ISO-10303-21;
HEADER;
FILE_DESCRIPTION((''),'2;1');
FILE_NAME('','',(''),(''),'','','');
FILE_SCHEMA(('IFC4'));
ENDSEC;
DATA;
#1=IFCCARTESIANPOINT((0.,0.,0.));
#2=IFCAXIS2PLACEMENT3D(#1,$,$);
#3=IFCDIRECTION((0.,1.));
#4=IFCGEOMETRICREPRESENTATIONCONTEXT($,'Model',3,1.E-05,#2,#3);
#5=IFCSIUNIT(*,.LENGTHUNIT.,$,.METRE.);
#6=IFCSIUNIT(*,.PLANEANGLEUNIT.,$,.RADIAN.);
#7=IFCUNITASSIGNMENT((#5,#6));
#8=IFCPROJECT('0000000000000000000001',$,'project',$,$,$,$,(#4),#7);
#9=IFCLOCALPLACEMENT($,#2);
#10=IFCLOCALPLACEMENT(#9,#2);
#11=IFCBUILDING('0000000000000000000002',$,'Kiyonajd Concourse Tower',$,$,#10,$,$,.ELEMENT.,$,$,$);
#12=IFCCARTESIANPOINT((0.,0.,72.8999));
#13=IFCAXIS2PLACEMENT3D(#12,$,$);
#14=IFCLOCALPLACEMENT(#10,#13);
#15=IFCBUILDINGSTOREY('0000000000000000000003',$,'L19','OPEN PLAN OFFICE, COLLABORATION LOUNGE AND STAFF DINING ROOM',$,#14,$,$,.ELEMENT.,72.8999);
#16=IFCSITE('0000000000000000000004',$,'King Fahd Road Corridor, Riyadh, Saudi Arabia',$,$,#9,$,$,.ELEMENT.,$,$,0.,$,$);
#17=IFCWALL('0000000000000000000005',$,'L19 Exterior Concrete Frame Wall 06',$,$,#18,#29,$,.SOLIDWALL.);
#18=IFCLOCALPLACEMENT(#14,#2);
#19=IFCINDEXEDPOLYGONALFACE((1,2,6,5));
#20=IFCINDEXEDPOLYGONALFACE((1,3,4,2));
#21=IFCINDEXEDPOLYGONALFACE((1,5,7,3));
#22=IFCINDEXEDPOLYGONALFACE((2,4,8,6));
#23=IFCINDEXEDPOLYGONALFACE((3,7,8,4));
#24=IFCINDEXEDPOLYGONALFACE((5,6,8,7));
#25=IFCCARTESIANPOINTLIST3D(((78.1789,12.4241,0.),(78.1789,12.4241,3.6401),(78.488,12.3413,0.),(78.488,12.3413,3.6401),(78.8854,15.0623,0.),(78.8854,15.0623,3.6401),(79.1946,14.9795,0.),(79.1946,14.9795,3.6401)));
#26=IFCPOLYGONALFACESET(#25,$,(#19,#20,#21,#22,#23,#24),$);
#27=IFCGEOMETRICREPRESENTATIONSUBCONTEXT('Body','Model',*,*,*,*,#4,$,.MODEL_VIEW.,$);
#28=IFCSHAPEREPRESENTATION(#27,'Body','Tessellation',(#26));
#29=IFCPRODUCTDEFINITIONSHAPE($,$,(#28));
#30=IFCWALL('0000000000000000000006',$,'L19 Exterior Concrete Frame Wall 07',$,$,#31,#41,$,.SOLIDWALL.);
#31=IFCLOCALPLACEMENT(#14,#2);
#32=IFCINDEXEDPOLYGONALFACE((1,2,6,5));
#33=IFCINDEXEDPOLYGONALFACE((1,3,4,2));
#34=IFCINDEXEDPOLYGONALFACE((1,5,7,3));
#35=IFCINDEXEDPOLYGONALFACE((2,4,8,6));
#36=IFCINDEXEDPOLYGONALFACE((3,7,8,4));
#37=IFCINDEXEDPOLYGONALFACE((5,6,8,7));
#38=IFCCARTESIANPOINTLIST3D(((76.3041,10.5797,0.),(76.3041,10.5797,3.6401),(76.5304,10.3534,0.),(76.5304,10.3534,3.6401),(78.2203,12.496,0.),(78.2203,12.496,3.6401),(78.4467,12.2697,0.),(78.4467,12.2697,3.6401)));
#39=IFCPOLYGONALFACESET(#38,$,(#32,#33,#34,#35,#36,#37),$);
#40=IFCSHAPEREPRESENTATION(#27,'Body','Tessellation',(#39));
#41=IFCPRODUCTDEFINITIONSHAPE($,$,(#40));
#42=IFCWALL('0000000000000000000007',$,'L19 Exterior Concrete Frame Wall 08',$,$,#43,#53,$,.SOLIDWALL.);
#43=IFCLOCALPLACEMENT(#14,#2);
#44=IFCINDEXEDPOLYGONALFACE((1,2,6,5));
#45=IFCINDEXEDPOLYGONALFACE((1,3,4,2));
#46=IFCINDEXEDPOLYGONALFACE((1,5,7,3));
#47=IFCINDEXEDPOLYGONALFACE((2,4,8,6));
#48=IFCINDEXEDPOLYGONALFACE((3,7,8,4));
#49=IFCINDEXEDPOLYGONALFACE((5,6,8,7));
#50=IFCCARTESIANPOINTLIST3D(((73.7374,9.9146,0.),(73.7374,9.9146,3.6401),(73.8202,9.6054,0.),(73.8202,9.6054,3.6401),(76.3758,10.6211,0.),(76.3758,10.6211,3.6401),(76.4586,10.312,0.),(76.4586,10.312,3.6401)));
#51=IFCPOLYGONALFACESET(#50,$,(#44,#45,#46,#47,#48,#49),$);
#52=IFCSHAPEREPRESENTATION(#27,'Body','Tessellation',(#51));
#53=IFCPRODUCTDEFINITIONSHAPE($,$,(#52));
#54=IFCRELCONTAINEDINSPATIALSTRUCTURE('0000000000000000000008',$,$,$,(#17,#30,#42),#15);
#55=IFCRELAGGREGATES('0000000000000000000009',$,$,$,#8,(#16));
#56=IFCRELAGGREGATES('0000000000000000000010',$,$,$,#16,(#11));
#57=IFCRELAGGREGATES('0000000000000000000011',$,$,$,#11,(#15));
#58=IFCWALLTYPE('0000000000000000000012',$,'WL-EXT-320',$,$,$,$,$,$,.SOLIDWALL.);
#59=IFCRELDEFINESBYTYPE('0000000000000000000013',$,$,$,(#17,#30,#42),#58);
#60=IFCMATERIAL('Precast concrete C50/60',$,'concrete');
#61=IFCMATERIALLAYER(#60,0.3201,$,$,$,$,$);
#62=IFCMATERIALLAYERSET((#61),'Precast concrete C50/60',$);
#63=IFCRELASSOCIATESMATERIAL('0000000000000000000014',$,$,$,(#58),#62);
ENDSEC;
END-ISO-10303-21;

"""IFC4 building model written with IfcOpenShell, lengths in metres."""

from ifc_helpers import new_model, si_unit, direction, frame, frame_2d, origin, place, context, subcontext, project, spatial, rectangle, extrude, material, layer, layer_set, type_object, element, save


model = new_model("IFC4")

# Units and contexts
model_context = context("Model", 3, precision=1e-05, world=origin(), true_north=direction((0.0, 1.0)))
body_context = subcontext(model_context, "Body", "Model", "MODEL_VIEW")
ifc_project = project(units=[si_unit("LENGTHUNIT", "METRE"), si_unit("PLANEANGLEUNIT", "RADIAN")], contexts=[model_context])

# Site, building, storey
site_placement = place(None, origin())
site = spatial("IfcSite", under=ifc_project, at=site_placement, Name="King Fahd Road Corridor, Riyadh, Saudi Arabia", CompositionType="ELEMENT", RefElevation=0.0)
building_placement = place(site_placement, origin())
building = spatial("IfcBuilding", under=site, at=building_placement, Name="Kiyonajd Concourse Tower", CompositionType="ELEMENT")
storey_placement = place(building_placement, frame((0.0, 0.0, 72.8999)))
storey = spatial("IfcBuildingStorey", under=building, at=storey_placement, Name="L19", Description="OPEN PLAN OFFICE, COLLABORATION LOUNGE AND STAFF DINING ROOM", CompositionType="ELEMENT", Elevation=72.8999)

# Walls
ifc_material_1 = material(Name="Precast concrete C50/60", Category="concrete")
ifc_layer_1 = layer(ifc_material_1, 0.3201)
ifc_layer_set_1 = layer_set([ifc_layer_1], Name="Precast concrete C50/60")
wall_type = type_object("IfcWallType", Name="WL-EXT-320", PredefinedType="SOLIDWALL", material=ifc_layer_set_1)
wall_1_placement = place(storey_placement, frame((79.04, 15.021, 0.0), z_axis=(0.0, 0.0, 1.0), x_axis=(-0.258697, -0.965958, 0.0)))
element("IfcWall", 1, at=wall_1_placement, inside=storey, type_object=wall_type, Name="L19 Exterior Concrete Frame Wall 06", PredefinedType="SOLIDWALL", context=body_context, shape_type="SweptSolid", body=[
    extrude(rectangle(XDim=2.7312, YDim=0.3201, at=frame_2d((1.3657, 0.0))), origin(), (0.0, 0.0, 1.0), 3.6401),
])
wall_2_placement = place(storey_placement, frame((78.3335, 12.3828, 0.0), z_axis=(0.0, 0.0, 1.0), x_axis=(-0.707107, -0.707107, 0.0)))
element("IfcWall", 2, at=wall_2_placement, inside=storey, type_object=wall_type, Name="L19 Exterior Concrete Frame Wall 07", PredefinedType="SOLIDWALL", context=body_context, shape_type="SweptSolid", body=[
    extrude(rectangle(XDim=2.71, YDim=0.3201, at=frame_2d((1.355, 0.0))), origin(), (0.0, 0.0, 1.0), 3.6401),
])
wall_3_placement = place(storey_placement, frame((76.4172, 10.4666, 0.0), z_axis=(0.0, 0.0, 1.0), x_axis=(-0.965964, -0.258675, 0.0)))
element("IfcWall", 3, at=wall_3_placement, inside=storey, type_object=wall_type, Name="L19 Exterior Concrete Frame Wall 08", PredefinedType="SOLIDWALL", context=body_context, shape_type="SweptSolid", body=[
    extrude(rectangle(XDim=2.7314, YDim=0.3201, at=frame_2d((1.3657, 0.0))), origin(), (0.0, 0.0, 1.0), 3.6401),
])

save(model, "model.ifc")
